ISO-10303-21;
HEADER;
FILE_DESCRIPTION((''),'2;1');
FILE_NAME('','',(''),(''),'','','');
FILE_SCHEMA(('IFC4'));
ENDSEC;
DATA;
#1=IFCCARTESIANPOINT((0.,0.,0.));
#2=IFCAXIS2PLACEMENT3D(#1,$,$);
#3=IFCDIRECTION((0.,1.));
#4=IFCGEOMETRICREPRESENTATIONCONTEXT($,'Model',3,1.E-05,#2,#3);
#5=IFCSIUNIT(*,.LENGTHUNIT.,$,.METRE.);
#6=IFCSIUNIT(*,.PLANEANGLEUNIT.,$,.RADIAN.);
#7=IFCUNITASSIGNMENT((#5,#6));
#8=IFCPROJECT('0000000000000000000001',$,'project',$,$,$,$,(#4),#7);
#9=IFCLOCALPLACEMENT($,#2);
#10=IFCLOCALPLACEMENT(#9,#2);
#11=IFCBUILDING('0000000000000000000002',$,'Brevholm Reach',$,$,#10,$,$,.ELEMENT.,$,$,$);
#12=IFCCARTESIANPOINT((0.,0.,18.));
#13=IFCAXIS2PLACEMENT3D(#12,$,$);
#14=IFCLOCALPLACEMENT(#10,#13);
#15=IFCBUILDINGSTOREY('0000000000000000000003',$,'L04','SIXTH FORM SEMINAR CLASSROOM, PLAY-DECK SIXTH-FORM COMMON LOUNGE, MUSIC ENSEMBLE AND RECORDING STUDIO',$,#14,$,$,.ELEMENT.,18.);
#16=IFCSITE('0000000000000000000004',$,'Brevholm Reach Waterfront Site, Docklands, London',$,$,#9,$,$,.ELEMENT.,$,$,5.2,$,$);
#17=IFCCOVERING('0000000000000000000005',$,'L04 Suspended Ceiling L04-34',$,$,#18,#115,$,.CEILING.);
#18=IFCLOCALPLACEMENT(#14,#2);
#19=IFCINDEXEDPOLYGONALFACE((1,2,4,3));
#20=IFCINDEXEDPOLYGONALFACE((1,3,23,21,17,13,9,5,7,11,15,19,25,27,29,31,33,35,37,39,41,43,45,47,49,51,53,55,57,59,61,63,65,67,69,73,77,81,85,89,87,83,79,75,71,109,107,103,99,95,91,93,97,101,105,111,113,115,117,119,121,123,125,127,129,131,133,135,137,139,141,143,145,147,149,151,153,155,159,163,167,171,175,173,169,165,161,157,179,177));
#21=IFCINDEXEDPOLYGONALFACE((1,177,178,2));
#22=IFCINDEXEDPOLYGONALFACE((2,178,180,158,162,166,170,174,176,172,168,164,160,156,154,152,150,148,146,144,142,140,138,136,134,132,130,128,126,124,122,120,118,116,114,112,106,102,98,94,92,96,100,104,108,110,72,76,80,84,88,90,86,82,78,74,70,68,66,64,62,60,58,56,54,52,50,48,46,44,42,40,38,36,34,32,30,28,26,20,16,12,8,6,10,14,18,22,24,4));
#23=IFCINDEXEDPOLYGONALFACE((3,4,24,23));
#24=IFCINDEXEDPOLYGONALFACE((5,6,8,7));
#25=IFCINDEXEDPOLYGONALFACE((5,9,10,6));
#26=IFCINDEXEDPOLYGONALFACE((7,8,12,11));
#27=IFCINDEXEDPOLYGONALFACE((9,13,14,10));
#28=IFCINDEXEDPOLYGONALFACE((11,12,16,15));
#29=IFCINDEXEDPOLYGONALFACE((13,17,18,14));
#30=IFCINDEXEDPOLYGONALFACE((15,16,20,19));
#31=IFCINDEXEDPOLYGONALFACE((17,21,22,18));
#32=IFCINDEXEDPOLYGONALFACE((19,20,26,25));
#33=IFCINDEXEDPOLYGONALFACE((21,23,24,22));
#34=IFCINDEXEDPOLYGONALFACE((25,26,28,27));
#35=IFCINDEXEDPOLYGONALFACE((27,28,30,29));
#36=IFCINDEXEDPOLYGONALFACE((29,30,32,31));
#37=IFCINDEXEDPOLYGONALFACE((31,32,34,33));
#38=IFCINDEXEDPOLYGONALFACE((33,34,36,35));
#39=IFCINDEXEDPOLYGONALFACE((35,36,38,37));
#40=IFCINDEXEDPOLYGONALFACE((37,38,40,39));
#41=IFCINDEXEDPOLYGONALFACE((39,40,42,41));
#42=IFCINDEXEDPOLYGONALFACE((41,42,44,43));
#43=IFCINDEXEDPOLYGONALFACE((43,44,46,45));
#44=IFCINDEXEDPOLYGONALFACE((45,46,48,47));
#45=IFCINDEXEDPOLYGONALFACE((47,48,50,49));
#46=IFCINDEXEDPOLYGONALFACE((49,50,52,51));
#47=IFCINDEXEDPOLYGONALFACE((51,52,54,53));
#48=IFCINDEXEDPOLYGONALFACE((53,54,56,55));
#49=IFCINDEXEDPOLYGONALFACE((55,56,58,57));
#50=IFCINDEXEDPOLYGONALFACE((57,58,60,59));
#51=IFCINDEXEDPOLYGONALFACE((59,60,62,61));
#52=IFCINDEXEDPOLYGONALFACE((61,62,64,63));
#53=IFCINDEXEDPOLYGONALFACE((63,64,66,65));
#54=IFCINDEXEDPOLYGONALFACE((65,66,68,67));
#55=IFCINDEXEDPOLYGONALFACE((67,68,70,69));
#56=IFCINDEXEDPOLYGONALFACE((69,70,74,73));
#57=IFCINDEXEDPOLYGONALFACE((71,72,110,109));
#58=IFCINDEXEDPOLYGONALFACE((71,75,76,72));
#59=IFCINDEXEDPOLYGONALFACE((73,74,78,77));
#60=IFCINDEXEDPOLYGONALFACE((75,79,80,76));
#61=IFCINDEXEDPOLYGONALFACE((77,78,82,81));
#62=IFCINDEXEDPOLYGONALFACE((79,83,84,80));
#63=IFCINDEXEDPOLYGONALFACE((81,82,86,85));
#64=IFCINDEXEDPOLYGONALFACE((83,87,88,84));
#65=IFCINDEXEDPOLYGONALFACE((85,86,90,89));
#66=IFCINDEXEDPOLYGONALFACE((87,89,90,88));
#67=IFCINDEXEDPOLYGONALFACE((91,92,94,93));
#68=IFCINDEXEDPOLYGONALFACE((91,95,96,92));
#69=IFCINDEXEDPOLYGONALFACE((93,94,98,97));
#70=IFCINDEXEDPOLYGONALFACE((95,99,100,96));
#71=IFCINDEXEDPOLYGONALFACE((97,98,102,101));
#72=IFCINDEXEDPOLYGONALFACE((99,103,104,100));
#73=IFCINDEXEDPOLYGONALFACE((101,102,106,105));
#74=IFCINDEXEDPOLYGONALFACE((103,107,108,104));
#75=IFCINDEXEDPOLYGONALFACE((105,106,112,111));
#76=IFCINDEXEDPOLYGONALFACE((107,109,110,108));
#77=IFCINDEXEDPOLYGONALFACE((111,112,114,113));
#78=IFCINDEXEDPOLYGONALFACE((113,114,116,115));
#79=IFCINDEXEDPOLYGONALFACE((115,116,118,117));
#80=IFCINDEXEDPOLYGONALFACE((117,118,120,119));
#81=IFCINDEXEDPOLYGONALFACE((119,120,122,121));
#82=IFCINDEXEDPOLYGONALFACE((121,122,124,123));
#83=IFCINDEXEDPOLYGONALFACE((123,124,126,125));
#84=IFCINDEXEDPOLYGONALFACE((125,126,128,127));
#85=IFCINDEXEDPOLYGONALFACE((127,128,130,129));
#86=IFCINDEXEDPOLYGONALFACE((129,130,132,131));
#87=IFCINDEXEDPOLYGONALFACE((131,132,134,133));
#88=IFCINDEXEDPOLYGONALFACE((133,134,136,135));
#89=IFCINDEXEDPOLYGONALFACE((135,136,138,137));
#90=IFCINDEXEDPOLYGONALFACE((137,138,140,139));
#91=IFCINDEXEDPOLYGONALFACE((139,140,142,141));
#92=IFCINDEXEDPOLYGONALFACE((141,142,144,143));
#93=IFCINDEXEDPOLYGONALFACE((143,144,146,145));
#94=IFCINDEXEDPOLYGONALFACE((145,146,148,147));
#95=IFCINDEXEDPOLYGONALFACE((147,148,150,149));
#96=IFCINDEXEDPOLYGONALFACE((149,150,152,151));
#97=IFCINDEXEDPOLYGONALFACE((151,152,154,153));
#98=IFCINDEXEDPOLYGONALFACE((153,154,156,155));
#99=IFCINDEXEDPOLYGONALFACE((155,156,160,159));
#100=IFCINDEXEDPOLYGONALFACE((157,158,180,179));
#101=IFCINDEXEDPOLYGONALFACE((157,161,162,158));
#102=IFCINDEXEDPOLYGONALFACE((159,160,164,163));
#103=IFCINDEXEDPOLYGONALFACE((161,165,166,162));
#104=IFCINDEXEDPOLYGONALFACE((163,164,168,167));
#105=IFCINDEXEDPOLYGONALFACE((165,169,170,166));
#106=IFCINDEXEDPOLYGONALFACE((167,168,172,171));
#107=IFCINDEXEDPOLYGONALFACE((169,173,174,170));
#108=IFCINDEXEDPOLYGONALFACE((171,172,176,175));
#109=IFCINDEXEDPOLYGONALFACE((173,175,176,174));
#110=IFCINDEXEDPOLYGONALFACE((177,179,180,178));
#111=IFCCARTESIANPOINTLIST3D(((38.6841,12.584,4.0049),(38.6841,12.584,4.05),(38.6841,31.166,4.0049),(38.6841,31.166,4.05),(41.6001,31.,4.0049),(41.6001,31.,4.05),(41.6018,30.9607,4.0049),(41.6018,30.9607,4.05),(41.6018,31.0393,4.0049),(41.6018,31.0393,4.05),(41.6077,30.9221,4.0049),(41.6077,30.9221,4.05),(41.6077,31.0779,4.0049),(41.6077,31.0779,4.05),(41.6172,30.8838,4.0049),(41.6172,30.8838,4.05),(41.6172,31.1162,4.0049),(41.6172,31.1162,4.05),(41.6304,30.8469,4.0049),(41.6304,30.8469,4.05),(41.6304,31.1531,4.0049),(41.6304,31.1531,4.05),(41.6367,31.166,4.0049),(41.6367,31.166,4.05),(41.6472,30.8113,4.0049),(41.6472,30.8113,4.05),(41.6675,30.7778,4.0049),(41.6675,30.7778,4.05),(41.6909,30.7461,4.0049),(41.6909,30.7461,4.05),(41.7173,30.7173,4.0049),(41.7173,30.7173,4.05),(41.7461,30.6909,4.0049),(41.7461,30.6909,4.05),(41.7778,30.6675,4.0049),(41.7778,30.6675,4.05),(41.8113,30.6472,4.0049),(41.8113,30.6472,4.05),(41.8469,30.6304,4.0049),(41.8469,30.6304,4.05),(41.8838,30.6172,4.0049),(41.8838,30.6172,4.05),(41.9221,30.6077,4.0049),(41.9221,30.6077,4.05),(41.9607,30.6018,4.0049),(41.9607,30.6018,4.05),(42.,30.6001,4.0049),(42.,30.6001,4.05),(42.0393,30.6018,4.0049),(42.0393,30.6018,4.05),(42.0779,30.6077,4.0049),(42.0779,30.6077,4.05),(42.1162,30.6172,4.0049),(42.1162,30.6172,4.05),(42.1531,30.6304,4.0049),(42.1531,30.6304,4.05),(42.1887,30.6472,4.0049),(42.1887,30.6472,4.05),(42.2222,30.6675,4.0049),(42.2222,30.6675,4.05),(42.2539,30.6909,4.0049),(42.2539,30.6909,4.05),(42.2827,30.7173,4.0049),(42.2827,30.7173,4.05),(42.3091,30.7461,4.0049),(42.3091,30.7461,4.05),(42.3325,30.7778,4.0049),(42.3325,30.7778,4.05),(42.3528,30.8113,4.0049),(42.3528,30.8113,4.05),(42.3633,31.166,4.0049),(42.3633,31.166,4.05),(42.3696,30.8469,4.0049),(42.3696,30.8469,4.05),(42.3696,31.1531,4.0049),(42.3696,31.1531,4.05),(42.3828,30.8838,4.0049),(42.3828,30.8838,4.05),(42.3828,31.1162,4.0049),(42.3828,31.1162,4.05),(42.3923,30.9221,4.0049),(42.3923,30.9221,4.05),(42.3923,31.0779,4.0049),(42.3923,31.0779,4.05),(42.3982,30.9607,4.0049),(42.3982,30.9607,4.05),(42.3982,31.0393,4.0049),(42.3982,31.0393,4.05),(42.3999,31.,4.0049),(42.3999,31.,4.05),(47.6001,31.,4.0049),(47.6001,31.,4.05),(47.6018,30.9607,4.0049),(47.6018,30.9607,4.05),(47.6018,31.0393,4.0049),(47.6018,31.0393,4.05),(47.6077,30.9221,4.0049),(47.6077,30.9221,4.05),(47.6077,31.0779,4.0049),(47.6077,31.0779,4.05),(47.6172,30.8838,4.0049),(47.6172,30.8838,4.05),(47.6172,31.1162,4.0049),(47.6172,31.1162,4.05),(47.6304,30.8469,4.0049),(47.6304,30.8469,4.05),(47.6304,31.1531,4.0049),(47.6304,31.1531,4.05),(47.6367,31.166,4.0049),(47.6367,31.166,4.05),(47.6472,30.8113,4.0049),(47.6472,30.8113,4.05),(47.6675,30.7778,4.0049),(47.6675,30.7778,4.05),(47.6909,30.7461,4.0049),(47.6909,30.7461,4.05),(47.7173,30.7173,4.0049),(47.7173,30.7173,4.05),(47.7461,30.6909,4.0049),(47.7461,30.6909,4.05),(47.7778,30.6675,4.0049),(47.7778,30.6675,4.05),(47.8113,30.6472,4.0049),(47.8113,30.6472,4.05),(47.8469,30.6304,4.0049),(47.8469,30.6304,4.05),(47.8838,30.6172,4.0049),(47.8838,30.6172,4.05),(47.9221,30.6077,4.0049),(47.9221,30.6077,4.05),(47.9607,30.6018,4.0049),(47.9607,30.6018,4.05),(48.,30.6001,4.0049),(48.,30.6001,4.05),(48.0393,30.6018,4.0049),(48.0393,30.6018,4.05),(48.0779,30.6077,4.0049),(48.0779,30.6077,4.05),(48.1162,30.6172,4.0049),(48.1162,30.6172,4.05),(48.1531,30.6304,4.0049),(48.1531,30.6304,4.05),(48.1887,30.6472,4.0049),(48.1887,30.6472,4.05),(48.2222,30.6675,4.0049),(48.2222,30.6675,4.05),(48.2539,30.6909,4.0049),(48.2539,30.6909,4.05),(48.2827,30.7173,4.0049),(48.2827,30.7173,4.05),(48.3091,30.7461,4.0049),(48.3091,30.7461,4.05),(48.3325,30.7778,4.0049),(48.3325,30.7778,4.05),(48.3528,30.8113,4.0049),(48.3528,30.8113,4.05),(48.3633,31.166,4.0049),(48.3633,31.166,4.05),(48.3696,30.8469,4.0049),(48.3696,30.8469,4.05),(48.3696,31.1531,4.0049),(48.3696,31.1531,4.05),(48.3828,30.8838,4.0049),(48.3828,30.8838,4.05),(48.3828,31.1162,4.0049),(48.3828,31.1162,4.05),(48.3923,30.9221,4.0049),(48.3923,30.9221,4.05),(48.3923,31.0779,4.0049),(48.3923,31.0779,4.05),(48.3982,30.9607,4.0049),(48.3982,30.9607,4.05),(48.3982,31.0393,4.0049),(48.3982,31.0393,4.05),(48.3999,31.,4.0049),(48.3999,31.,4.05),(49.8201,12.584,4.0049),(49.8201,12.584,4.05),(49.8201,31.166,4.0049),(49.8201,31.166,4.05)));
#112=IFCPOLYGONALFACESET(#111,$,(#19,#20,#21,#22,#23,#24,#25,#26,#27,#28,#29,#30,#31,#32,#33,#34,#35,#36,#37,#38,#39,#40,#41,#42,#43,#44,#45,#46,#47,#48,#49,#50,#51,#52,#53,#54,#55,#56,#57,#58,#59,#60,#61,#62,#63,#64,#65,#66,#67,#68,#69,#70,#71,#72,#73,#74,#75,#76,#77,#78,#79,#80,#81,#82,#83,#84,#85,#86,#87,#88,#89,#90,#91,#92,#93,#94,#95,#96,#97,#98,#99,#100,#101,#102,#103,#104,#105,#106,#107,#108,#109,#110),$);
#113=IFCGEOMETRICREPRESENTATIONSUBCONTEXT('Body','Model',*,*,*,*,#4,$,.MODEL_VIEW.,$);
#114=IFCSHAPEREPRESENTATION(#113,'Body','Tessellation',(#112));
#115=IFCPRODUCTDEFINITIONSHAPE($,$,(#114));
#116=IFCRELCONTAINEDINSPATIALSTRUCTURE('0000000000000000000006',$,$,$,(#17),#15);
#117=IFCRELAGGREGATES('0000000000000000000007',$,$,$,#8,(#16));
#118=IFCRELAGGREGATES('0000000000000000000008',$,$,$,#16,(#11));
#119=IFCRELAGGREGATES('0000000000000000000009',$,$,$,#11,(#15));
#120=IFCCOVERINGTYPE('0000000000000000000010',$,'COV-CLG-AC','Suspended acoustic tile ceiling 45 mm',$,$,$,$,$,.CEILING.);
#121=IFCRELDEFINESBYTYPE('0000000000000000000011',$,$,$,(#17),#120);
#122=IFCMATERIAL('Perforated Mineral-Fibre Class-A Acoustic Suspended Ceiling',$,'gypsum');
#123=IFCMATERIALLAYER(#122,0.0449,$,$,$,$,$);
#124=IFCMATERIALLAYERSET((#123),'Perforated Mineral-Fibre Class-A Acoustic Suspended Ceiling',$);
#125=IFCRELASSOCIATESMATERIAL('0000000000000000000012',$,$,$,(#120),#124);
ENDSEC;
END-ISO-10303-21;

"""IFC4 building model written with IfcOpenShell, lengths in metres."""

from ifc_helpers import new_model, si_unit, direction, frame, origin, place, context, subcontext, project, spatial, polyline, outline, extrude, material, layer, layer_set, type_object, element, save


model = new_model("IFC4")

# Units and contexts
model_context = context("Model", 3, precision=1e-05, world=origin(), true_north=direction((0.0, 1.0)))
body_context = subcontext(model_context, "Body", "Model", "MODEL_VIEW")
ifc_project = project(units=[si_unit("LENGTHUNIT", "METRE"), si_unit("PLANEANGLEUNIT", "RADIAN")], contexts=[model_context])

# Site, building, storey
site_placement = place(None, origin())
site = spatial("IfcSite", under=ifc_project, at=site_placement, Name="Brevholm Reach Waterfront Site, Docklands, London", CompositionType="ELEMENT", RefElevation=5.2)
building_placement = place(site_placement, origin())
building = spatial("IfcBuilding", under=site, at=building_placement, Name="Brevholm Reach", CompositionType="ELEMENT")
storey_placement = place(building_placement, frame((0.0, 0.0, 18.0)))
storey = spatial("IfcBuildingStorey", under=building, at=storey_placement, Name="L04", Description="SIXTH FORM SEMINAR CLASSROOM, PLAY-DECK SIXTH-FORM COMMON LOUNGE, MUSIC ENSEMBLE AND RECORDING STUDIO", CompositionType="ELEMENT", Elevation=18.0)

# Covering
ifc_material_1 = material(Name="Perforated Mineral-Fibre Class-A Acoustic Suspended Ceiling", Category="gypsum")
ifc_layer_1 = layer(ifc_material_1, 0.0449)
ifc_layer_set_1 = layer_set([ifc_layer_1], Name="Perforated Mineral-Fibre Class-A Acoustic Suspended Ceiling")
covering_type_1 = type_object("IfcCoveringType", Name="COV-CLG-AC", Description="Suspended acoustic tile ceiling 45 mm", PredefinedType="CEILING", material=ifc_layer_set_1)
covering_1_placement = place(storey_placement, frame((0.0, 0.0, 4.0049)))
element("IfcCovering", 1, at=covering_1_placement, inside=storey, type_object=covering_type_1, Name="L04 Suspended Ceiling L04-34", PredefinedType="CEILING", context=body_context, shape_type="SweptSolid", body=[
    extrude(outline(polyline([(49.8201, 12.584), (38.6841, 12.584), (38.6841, 31.166), (41.6367, 31.166), (41.6304, 31.1531), (41.6172, 31.1162), (41.6077, 31.0779), (41.6018, 31.0393), (41.6001, 31.0), (41.6018, 30.9607), (41.6077, 30.9221), (41.6172, 30.8838), (41.6304, 30.8469), (41.6472, 30.8113), (41.6675, 30.7778), (41.6909, 30.7461), (41.7173, 30.7173), (41.7461, 30.6909), (41.7778, 30.6675), (41.8113, 30.6472), (41.8469, 30.6304), (41.8838, 30.6172), (41.9221, 30.6077), (41.9607, 30.6018), (42.0, 30.6001), (42.0393, 30.6018), (42.0779, 30.6077), (42.1162, 30.6172), (42.1531, 30.6304), (42.1887, 30.6472), (42.2222, 30.6675), (42.2539, 30.6909), (42.2827, 30.7173), (42.3091, 30.7461), (42.3325, 30.7778), (42.3528, 30.8113), (42.3696, 30.8469), (42.3828, 30.8838), (42.3923, 30.9221), (42.3982, 30.9607), (42.3999, 31.0), (42.3982, 31.0393), (42.3923, 31.0779), (42.3828, 31.1162), (42.3696, 31.1531), (42.3633, 31.166), (47.6367, 31.166), (47.6304, 31.1531), (47.6172, 31.1162), (47.6077, 31.0779), (47.6018, 31.0393), (47.6001, 31.0), (47.6018, 30.9607), (47.6077, 30.9221), (47.6172, 30.8838), (47.6304, 30.8469), (47.6472, 30.8113), (47.6675, 30.7778), (47.6909, 30.7461), (47.7173, 30.7173), (47.7461, 30.6909), (47.7778, 30.6675), (47.8113, 30.6472), (47.8469, 30.6304), (47.8838, 30.6172), (47.9221, 30.6077), (47.9607, 30.6018), (48.0, 30.6001), (48.0393, 30.6018), (48.0779, 30.6077), (48.1162, 30.6172), (48.1531, 30.6304), (48.1887, 30.6472), (48.2222, 30.6675), (48.2539, 30.6909), (48.2827, 30.7173), (48.3091, 30.7461), (48.3325, 30.7778), (48.3528, 30.8113), (48.3696, 30.8469), (48.3828, 30.8838), (48.3923, 30.9221), (48.3982, 30.9607), (48.3999, 31.0), (48.3982, 31.0393), (48.3923, 31.0779), (48.3828, 31.1162), (48.3696, 31.1531), (48.3633, 31.166), (49.8201, 31.166), (49.8201, 12.584)])), origin(), (0.0, 0.0, 1.0), 0.0452),
])

save(model, "model.ifc")
